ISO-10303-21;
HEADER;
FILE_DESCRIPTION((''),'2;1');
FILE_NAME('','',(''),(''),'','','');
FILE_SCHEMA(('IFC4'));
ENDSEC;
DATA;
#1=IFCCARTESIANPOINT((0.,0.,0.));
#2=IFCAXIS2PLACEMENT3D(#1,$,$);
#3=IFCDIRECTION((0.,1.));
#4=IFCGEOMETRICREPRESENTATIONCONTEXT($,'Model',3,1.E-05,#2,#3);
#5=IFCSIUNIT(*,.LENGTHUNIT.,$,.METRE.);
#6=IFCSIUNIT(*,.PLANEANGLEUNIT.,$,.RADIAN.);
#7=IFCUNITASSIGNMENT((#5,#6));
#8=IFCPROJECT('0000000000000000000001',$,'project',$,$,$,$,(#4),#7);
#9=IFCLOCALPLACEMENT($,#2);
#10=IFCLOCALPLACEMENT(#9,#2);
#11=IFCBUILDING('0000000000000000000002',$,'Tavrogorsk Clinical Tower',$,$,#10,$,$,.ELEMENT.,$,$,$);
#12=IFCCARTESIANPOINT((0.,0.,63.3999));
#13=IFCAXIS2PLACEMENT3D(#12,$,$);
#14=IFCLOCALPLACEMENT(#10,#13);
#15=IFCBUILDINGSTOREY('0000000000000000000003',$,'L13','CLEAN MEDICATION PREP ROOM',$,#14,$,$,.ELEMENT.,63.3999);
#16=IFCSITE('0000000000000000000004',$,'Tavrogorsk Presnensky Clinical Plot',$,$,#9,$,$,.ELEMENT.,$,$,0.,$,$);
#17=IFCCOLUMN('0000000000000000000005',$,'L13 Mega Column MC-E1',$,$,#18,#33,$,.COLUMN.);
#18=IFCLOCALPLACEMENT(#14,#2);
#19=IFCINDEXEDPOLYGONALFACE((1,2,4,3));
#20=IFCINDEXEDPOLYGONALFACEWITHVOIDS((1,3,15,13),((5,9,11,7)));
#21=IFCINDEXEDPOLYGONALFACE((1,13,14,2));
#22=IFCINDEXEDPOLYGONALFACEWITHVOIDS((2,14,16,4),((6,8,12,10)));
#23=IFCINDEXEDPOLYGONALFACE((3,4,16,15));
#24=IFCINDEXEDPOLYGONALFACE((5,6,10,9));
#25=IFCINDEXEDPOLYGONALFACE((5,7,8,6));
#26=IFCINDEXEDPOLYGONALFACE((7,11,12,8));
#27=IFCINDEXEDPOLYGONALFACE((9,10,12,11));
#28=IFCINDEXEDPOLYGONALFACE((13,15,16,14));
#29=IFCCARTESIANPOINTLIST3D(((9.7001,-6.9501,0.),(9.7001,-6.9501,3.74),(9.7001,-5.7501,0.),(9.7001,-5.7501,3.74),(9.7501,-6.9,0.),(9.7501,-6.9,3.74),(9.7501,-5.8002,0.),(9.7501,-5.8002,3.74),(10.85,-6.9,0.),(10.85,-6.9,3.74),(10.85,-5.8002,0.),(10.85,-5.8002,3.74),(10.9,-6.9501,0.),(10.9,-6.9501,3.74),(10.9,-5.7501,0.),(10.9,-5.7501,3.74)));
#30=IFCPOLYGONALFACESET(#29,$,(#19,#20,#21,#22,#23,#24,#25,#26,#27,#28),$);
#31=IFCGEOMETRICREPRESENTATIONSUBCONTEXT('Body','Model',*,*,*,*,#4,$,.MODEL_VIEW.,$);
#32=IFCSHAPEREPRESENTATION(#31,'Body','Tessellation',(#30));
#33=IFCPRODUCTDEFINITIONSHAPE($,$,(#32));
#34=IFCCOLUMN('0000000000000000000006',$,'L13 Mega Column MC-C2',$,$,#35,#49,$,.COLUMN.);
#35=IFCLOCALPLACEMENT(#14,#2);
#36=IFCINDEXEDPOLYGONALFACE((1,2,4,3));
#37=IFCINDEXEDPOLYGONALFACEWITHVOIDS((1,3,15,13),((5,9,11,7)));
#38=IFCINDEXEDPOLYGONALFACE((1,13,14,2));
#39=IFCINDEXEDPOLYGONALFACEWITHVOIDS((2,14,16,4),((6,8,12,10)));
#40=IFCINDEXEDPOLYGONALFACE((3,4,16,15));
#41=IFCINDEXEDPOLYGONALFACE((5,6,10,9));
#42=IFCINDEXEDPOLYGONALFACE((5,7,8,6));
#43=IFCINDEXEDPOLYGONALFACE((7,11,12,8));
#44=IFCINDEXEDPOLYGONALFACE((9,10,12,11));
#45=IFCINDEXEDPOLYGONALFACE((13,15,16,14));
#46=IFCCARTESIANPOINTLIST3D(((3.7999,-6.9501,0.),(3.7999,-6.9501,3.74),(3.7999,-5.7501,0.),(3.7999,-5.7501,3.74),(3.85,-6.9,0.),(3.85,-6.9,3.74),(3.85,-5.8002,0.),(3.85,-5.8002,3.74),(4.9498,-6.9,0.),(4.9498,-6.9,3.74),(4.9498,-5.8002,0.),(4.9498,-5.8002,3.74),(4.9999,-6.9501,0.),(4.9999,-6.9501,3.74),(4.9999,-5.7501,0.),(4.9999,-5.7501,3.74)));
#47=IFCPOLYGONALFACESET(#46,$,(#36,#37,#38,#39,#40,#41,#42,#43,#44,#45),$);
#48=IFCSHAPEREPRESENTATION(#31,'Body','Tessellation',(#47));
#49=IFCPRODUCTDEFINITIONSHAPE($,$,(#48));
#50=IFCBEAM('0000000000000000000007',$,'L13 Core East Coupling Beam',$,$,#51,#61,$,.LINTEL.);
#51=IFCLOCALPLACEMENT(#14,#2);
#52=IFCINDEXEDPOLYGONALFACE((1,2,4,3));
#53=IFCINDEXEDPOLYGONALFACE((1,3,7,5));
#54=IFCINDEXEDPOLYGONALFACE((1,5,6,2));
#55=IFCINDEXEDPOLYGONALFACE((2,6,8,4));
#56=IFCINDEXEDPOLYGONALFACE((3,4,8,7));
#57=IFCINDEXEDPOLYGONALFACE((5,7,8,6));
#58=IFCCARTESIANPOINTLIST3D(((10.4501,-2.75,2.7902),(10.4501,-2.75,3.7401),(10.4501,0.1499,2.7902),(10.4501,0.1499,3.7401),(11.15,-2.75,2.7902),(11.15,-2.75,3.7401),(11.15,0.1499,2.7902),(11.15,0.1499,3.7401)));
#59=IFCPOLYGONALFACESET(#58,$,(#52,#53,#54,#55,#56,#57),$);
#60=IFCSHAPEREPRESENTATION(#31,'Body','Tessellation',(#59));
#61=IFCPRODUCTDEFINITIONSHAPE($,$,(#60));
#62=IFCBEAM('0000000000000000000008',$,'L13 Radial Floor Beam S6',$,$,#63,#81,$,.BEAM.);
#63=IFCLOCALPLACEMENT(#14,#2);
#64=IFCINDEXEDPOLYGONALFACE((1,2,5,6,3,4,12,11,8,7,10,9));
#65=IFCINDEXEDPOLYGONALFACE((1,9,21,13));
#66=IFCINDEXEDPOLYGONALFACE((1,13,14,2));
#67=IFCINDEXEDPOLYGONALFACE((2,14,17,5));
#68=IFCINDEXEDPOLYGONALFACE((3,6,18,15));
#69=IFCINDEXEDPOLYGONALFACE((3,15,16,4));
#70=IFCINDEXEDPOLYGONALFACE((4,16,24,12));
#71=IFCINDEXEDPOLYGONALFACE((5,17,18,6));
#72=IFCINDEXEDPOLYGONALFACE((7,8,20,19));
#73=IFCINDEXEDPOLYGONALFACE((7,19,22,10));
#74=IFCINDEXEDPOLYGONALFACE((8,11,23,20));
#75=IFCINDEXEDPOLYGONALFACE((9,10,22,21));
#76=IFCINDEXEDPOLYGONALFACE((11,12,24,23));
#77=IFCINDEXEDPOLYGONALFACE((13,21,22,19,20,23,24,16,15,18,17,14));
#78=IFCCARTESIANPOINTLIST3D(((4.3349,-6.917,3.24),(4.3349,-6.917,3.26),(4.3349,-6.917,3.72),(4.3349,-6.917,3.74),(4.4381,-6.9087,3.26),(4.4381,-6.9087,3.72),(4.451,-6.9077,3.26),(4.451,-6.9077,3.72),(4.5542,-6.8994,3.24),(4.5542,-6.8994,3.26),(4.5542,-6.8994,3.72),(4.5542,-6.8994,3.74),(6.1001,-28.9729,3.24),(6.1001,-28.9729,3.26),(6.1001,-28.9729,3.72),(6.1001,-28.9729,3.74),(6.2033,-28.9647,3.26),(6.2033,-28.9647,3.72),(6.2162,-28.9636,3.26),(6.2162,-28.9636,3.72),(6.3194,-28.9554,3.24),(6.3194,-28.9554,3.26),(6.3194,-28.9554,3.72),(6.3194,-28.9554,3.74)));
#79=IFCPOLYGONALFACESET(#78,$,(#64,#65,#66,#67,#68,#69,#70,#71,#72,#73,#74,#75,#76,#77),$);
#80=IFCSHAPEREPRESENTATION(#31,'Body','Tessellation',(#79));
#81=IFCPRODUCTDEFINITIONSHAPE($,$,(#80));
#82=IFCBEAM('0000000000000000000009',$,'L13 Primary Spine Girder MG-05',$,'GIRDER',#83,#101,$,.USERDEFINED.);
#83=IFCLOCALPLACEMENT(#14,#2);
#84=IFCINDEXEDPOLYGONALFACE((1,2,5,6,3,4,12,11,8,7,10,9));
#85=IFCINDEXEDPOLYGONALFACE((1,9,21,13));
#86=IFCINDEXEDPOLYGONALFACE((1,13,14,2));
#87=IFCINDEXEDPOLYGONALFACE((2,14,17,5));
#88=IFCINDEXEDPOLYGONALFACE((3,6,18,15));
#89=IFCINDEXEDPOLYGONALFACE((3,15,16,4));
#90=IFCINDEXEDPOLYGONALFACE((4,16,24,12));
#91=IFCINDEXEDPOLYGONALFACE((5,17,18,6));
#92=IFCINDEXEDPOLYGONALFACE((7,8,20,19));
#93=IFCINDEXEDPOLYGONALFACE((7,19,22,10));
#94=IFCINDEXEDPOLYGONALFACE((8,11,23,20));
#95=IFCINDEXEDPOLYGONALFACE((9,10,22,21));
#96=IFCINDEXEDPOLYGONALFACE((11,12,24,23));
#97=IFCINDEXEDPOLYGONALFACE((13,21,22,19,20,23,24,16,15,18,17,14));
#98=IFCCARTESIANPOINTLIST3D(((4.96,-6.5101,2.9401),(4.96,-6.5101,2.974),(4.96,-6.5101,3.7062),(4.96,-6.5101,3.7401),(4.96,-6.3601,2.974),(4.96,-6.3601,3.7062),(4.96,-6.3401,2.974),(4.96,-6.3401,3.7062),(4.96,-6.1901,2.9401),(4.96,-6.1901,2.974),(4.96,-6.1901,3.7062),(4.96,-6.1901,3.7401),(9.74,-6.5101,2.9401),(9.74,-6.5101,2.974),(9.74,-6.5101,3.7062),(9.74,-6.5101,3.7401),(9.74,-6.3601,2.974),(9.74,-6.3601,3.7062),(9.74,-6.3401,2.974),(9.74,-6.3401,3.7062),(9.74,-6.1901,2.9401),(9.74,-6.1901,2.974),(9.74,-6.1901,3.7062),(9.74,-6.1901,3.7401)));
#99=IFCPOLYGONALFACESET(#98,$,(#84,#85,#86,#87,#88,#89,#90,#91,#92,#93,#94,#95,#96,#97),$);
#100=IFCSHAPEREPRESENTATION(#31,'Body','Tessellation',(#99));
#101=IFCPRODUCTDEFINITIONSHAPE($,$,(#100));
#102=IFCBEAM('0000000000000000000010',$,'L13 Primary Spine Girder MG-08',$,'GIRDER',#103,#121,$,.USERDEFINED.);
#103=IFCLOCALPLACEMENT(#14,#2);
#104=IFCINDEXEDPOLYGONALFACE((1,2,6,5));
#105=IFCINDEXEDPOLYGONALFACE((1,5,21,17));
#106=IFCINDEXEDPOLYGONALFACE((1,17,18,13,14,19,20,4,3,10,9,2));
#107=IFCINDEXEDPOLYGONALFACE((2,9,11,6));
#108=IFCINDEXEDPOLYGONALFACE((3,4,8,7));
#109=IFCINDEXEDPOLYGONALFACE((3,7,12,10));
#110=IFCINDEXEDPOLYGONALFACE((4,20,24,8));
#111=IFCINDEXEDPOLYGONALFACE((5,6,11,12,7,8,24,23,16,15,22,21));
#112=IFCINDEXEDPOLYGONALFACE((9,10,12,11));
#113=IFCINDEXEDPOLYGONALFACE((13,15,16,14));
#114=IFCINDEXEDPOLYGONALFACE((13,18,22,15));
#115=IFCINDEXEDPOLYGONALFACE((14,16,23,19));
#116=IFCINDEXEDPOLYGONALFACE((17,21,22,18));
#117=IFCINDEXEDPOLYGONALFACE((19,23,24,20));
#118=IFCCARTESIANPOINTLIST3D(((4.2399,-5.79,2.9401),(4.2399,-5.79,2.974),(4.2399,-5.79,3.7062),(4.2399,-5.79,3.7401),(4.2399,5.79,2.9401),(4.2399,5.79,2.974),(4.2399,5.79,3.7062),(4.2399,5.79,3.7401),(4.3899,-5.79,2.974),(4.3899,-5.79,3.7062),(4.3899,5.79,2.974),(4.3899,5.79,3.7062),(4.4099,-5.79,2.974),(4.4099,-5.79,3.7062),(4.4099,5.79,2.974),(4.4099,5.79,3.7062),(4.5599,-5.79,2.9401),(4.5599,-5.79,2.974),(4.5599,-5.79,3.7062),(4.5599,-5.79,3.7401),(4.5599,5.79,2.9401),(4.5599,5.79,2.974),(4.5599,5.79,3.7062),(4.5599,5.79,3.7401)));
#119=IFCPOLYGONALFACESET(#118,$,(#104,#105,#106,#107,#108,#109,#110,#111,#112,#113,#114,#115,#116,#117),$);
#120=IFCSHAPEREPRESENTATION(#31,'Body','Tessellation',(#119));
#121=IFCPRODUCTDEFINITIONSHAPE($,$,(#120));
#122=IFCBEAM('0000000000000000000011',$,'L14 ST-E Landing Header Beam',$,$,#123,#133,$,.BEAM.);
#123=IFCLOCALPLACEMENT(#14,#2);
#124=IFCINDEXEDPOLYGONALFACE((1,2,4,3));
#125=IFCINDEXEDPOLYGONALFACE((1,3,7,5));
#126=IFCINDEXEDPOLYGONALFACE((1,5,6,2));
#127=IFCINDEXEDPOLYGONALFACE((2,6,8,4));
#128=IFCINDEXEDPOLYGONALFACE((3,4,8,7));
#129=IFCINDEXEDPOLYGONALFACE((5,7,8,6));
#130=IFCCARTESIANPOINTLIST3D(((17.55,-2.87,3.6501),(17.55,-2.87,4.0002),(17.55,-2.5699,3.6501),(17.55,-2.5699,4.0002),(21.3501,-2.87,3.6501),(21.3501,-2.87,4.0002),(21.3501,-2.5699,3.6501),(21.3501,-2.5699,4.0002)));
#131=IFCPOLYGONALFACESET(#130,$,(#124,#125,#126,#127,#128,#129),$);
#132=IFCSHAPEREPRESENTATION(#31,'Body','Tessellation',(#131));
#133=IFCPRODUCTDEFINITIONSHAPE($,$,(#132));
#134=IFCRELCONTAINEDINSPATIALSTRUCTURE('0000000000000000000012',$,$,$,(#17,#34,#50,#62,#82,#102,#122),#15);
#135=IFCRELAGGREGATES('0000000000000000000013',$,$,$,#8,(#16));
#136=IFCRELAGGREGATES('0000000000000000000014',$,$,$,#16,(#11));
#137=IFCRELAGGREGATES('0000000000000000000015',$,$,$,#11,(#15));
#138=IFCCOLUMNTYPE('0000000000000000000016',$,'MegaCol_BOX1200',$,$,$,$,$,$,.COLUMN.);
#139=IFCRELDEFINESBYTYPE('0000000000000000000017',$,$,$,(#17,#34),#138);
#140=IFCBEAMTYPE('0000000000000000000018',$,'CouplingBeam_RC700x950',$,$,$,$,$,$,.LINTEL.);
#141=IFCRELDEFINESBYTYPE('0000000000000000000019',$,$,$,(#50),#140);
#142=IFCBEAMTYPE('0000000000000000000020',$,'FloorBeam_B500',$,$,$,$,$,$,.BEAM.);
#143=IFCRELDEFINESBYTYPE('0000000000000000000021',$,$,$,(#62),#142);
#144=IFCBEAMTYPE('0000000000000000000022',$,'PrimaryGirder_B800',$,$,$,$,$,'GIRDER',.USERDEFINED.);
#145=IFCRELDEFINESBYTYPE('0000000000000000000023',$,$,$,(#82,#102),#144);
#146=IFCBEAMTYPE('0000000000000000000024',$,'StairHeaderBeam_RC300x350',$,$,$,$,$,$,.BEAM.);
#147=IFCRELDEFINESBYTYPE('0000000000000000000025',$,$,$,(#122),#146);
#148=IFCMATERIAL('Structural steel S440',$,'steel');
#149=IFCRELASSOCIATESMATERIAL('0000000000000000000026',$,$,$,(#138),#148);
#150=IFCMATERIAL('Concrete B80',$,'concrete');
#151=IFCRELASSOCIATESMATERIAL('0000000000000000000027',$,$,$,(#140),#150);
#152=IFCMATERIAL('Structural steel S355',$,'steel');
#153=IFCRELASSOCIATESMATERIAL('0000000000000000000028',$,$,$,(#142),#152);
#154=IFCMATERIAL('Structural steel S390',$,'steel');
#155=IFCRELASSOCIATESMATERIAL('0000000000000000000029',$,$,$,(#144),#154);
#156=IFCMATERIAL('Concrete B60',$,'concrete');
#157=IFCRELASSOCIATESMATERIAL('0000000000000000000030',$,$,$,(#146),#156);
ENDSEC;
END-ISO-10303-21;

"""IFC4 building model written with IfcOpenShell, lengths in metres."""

from ifc_helpers import new_model, si_unit, direction, frame, origin, origin_2d, place, context, subcontext, project, spatial, rectangle, hollow_rectangle, i_section, extrude, material, material_profile, profile_set, type_object, element, save


model = new_model("IFC4")

# Units and contexts
model_context = context("Model", 3, precision=1e-05, world=origin(), true_north=direction((0.0, 1.0)))
body_context = subcontext(model_context, "Body", "Model", "MODEL_VIEW")
ifc_project = project(units=[si_unit("LENGTHUNIT", "METRE"), si_unit("PLANEANGLEUNIT", "RADIAN")], contexts=[model_context])

# Site, building, storey
site_placement = place(None, origin())
site = spatial("IfcSite", under=ifc_project, at=site_placement, Name="Tavrogorsk Presnensky Clinical Plot", CompositionType="ELEMENT", RefElevation=0.0)
building_placement = place(site_placement, origin())
building = spatial("IfcBuilding", under=site, at=building_placement, Name="Tavrogorsk Clinical Tower", CompositionType="ELEMENT")
storey_placement = place(building_placement, frame((0.0, 0.0, 63.3999)))
storey = spatial("IfcBuildingStorey", under=building, at=storey_placement, Name="L13", Description="CLEAN MEDICATION PREP ROOM", CompositionType="ELEMENT", Elevation=63.3999)

# Columns
ifc_material_1 = material(Name="Structural steel S440", Category="steel")
ifc_material_profile_1 = material_profile(ifc_material_1, hollow_rectangle(XDim=1.2, YDim=1.2, WallThickness=0.05, at=origin_2d()), Name="BOX-1200x1200x50")
ifc_profile_set_1 = profile_set([ifc_material_profile_1], Name="Structural steel S440")
column_type = type_object("IfcColumnType", Name="MegaCol_BOX1200", PredefinedType="COLUMN", material=ifc_profile_set_1)
for number, where, z_axis, x_axis, name in (
    (1, (10.3, -6.3501, 0.0), (0.0, 0.0, 1.0), (1.0, 0.0, 0.0), "L13 Mega Column MC-E1"),
    (2, (4.3999, -6.3501, 0.0), (0.0, 0.0, 1.0), (1.0, 0.0, 0.0), "L13 Mega Column MC-C2"),
):
    element("IfcColumn", number, at=place(storey_placement, frame(where, z_axis=z_axis, x_axis=x_axis)), inside=storey, type_object=column_type, Name=name, PredefinedType="COLUMN", context=body_context, shape_type="SweptSolid", body=[
        extrude(hollow_rectangle(XDim=1.2, YDim=1.2, WallThickness=0.05, at=origin_2d()), origin(), (0.0, 0.0, 1.0), 3.74),
    ])

# Beams
ifc_material_2 = material(Name="Concrete B80", Category="concrete")
ifc_material_profile_2 = material_profile(ifc_material_2, rectangle(XDim=0.7, YDim=0.95, at=origin_2d()), Name="RC-CB-700x950")
ifc_profile_set_2 = profile_set([ifc_material_profile_2], Name="Concrete B80")
beam_type_1 = type_object("IfcBeamType", Name="CouplingBeam_RC700x950", PredefinedType="LINTEL", material=ifc_profile_set_2)
beam_1_placement = place(storey_placement, frame((10.8, -2.75, 3.2651), z_axis=(0.0, 1.0, 0.0), x_axis=(-1.0, 0.0, 0.0)))
element("IfcBeam", 3, at=beam_1_placement, inside=storey, type_object=beam_type_1, Name="L13 Core East Coupling Beam", PredefinedType="LINTEL", context=body_context, shape_type="SweptSolid", body=[
    extrude(rectangle(XDim=0.7, YDim=0.95, at=origin_2d()), origin(), (0.0, 0.0, 1.0), 2.8999),
])
ifc_material_3 = material(Name="Structural steel S355", Category="steel")
ifc_material_profile_3 = material_profile(ifc_material_3, i_section(OverallWidth=0.22, OverallDepth=0.5, WebThickness=0.0129, FlangeThickness=0.02, at=origin_2d()), Name="B-500x220x13x20")
ifc_profile_set_3 = profile_set([ifc_material_profile_3], Name="Structural steel S355")
beam_type_2 = type_object("IfcBeamType", Name="FloorBeam_B500", PredefinedType="BEAM", material=ifc_profile_set_3)
beam_2_placement = place(storey_placement, frame((4.4446, -6.9082, 3.49), z_axis=(0.079775, -0.996813, 0.0), x_axis=(0.996813, 0.079775, 0.0)))
element("IfcBeam", 4, at=beam_2_placement, inside=storey, type_object=beam_type_2, Name="L13 Radial Floor Beam S6", PredefinedType="BEAM", context=body_context, shape_type="SweptSolid", body=[
    extrude(i_section(OverallWidth=0.22, OverallDepth=0.5, WebThickness=0.0129, FlangeThickness=0.02, at=origin_2d()), origin(), (0.0, 0.0, 1.0), 22.1265),
])
ifc_material_4 = material(Name="Structural steel S390", Category="steel")
ifc_material_profile_4 = material_profile(ifc_material_4, i_section(OverallWidth=0.3201, OverallDepth=0.8, WebThickness=0.02, FlangeThickness=0.0339, at=origin_2d()), Name="B-800x320x20x34")
ifc_profile_set_4 = profile_set([ifc_material_profile_4], Name="Structural steel S390")
beam_type_3 = type_object("IfcBeamType", Name="PrimaryGirder_B800", ElementType="GIRDER", PredefinedType="USERDEFINED", material=ifc_profile_set_4)
beam_3_placement = place(storey_placement, frame((4.96, -6.3501, 3.3401), z_axis=(1.0, 0.0, 0.0), x_axis=(0.0, 1.0, 0.0)))
element("IfcBeam", 5, at=beam_3_placement, inside=storey, type_object=beam_type_3, Name="L13 Primary Spine Girder MG-05", ObjectType="GIRDER", PredefinedType="USERDEFINED", context=body_context, shape_type="SweptSolid", body=[
    extrude(i_section(OverallWidth=0.3201, OverallDepth=0.8, WebThickness=0.02, FlangeThickness=0.0339, at=origin_2d()), origin(), (0.0, 0.0, 1.0), 4.78),
])
beam_4_placement = place(storey_placement, frame((4.3999, -5.79, 3.3401), z_axis=(0.0, 1.0, 0.0), x_axis=(-1.0, 0.0, 0.0)))
element("IfcBeam", 6, at=beam_4_placement, inside=storey, type_object=beam_type_3, Name="L13 Primary Spine Girder MG-08", ObjectType="GIRDER", PredefinedType="USERDEFINED", context=body_context, shape_type="SweptSolid", body=[
    extrude(i_section(OverallWidth=0.3201, OverallDepth=0.8, WebThickness=0.02, FlangeThickness=0.0339, at=origin_2d()), origin(), (0.0, 0.0, 1.0), 11.5801),
])
ifc_material_5 = material(Name="Concrete B60", Category="concrete")
ifc_material_profile_5 = material_profile(ifc_material_5, rectangle(XDim=0.3, YDim=0.3501, at=origin_2d()), Name="RC-SHB-300x350")
ifc_profile_set_5 = profile_set([ifc_material_profile_5], Name="Concrete B60")
beam_type_4 = type_object("IfcBeamType", Name="StairHeaderBeam_RC300x350", PredefinedType="BEAM", material=ifc_profile_set_5)
beam_5_placement = place(storey_placement, frame((17.55, -2.72, 3.8252), z_axis=(1.0, 0.0, 0.0), x_axis=(0.0, 1.0, 0.0)))
element("IfcBeam", 7, at=beam_5_placement, inside=storey, type_object=beam_type_4, Name="L14 ST-E Landing Header Beam", PredefinedType="BEAM", context=body_context, shape_type="SweptSolid", body=[
    extrude(rectangle(XDim=0.3, YDim=0.3501, at=origin_2d()), origin(), (0.0, 0.0, 1.0), 3.8),
])

save(model, "model.ifc")
